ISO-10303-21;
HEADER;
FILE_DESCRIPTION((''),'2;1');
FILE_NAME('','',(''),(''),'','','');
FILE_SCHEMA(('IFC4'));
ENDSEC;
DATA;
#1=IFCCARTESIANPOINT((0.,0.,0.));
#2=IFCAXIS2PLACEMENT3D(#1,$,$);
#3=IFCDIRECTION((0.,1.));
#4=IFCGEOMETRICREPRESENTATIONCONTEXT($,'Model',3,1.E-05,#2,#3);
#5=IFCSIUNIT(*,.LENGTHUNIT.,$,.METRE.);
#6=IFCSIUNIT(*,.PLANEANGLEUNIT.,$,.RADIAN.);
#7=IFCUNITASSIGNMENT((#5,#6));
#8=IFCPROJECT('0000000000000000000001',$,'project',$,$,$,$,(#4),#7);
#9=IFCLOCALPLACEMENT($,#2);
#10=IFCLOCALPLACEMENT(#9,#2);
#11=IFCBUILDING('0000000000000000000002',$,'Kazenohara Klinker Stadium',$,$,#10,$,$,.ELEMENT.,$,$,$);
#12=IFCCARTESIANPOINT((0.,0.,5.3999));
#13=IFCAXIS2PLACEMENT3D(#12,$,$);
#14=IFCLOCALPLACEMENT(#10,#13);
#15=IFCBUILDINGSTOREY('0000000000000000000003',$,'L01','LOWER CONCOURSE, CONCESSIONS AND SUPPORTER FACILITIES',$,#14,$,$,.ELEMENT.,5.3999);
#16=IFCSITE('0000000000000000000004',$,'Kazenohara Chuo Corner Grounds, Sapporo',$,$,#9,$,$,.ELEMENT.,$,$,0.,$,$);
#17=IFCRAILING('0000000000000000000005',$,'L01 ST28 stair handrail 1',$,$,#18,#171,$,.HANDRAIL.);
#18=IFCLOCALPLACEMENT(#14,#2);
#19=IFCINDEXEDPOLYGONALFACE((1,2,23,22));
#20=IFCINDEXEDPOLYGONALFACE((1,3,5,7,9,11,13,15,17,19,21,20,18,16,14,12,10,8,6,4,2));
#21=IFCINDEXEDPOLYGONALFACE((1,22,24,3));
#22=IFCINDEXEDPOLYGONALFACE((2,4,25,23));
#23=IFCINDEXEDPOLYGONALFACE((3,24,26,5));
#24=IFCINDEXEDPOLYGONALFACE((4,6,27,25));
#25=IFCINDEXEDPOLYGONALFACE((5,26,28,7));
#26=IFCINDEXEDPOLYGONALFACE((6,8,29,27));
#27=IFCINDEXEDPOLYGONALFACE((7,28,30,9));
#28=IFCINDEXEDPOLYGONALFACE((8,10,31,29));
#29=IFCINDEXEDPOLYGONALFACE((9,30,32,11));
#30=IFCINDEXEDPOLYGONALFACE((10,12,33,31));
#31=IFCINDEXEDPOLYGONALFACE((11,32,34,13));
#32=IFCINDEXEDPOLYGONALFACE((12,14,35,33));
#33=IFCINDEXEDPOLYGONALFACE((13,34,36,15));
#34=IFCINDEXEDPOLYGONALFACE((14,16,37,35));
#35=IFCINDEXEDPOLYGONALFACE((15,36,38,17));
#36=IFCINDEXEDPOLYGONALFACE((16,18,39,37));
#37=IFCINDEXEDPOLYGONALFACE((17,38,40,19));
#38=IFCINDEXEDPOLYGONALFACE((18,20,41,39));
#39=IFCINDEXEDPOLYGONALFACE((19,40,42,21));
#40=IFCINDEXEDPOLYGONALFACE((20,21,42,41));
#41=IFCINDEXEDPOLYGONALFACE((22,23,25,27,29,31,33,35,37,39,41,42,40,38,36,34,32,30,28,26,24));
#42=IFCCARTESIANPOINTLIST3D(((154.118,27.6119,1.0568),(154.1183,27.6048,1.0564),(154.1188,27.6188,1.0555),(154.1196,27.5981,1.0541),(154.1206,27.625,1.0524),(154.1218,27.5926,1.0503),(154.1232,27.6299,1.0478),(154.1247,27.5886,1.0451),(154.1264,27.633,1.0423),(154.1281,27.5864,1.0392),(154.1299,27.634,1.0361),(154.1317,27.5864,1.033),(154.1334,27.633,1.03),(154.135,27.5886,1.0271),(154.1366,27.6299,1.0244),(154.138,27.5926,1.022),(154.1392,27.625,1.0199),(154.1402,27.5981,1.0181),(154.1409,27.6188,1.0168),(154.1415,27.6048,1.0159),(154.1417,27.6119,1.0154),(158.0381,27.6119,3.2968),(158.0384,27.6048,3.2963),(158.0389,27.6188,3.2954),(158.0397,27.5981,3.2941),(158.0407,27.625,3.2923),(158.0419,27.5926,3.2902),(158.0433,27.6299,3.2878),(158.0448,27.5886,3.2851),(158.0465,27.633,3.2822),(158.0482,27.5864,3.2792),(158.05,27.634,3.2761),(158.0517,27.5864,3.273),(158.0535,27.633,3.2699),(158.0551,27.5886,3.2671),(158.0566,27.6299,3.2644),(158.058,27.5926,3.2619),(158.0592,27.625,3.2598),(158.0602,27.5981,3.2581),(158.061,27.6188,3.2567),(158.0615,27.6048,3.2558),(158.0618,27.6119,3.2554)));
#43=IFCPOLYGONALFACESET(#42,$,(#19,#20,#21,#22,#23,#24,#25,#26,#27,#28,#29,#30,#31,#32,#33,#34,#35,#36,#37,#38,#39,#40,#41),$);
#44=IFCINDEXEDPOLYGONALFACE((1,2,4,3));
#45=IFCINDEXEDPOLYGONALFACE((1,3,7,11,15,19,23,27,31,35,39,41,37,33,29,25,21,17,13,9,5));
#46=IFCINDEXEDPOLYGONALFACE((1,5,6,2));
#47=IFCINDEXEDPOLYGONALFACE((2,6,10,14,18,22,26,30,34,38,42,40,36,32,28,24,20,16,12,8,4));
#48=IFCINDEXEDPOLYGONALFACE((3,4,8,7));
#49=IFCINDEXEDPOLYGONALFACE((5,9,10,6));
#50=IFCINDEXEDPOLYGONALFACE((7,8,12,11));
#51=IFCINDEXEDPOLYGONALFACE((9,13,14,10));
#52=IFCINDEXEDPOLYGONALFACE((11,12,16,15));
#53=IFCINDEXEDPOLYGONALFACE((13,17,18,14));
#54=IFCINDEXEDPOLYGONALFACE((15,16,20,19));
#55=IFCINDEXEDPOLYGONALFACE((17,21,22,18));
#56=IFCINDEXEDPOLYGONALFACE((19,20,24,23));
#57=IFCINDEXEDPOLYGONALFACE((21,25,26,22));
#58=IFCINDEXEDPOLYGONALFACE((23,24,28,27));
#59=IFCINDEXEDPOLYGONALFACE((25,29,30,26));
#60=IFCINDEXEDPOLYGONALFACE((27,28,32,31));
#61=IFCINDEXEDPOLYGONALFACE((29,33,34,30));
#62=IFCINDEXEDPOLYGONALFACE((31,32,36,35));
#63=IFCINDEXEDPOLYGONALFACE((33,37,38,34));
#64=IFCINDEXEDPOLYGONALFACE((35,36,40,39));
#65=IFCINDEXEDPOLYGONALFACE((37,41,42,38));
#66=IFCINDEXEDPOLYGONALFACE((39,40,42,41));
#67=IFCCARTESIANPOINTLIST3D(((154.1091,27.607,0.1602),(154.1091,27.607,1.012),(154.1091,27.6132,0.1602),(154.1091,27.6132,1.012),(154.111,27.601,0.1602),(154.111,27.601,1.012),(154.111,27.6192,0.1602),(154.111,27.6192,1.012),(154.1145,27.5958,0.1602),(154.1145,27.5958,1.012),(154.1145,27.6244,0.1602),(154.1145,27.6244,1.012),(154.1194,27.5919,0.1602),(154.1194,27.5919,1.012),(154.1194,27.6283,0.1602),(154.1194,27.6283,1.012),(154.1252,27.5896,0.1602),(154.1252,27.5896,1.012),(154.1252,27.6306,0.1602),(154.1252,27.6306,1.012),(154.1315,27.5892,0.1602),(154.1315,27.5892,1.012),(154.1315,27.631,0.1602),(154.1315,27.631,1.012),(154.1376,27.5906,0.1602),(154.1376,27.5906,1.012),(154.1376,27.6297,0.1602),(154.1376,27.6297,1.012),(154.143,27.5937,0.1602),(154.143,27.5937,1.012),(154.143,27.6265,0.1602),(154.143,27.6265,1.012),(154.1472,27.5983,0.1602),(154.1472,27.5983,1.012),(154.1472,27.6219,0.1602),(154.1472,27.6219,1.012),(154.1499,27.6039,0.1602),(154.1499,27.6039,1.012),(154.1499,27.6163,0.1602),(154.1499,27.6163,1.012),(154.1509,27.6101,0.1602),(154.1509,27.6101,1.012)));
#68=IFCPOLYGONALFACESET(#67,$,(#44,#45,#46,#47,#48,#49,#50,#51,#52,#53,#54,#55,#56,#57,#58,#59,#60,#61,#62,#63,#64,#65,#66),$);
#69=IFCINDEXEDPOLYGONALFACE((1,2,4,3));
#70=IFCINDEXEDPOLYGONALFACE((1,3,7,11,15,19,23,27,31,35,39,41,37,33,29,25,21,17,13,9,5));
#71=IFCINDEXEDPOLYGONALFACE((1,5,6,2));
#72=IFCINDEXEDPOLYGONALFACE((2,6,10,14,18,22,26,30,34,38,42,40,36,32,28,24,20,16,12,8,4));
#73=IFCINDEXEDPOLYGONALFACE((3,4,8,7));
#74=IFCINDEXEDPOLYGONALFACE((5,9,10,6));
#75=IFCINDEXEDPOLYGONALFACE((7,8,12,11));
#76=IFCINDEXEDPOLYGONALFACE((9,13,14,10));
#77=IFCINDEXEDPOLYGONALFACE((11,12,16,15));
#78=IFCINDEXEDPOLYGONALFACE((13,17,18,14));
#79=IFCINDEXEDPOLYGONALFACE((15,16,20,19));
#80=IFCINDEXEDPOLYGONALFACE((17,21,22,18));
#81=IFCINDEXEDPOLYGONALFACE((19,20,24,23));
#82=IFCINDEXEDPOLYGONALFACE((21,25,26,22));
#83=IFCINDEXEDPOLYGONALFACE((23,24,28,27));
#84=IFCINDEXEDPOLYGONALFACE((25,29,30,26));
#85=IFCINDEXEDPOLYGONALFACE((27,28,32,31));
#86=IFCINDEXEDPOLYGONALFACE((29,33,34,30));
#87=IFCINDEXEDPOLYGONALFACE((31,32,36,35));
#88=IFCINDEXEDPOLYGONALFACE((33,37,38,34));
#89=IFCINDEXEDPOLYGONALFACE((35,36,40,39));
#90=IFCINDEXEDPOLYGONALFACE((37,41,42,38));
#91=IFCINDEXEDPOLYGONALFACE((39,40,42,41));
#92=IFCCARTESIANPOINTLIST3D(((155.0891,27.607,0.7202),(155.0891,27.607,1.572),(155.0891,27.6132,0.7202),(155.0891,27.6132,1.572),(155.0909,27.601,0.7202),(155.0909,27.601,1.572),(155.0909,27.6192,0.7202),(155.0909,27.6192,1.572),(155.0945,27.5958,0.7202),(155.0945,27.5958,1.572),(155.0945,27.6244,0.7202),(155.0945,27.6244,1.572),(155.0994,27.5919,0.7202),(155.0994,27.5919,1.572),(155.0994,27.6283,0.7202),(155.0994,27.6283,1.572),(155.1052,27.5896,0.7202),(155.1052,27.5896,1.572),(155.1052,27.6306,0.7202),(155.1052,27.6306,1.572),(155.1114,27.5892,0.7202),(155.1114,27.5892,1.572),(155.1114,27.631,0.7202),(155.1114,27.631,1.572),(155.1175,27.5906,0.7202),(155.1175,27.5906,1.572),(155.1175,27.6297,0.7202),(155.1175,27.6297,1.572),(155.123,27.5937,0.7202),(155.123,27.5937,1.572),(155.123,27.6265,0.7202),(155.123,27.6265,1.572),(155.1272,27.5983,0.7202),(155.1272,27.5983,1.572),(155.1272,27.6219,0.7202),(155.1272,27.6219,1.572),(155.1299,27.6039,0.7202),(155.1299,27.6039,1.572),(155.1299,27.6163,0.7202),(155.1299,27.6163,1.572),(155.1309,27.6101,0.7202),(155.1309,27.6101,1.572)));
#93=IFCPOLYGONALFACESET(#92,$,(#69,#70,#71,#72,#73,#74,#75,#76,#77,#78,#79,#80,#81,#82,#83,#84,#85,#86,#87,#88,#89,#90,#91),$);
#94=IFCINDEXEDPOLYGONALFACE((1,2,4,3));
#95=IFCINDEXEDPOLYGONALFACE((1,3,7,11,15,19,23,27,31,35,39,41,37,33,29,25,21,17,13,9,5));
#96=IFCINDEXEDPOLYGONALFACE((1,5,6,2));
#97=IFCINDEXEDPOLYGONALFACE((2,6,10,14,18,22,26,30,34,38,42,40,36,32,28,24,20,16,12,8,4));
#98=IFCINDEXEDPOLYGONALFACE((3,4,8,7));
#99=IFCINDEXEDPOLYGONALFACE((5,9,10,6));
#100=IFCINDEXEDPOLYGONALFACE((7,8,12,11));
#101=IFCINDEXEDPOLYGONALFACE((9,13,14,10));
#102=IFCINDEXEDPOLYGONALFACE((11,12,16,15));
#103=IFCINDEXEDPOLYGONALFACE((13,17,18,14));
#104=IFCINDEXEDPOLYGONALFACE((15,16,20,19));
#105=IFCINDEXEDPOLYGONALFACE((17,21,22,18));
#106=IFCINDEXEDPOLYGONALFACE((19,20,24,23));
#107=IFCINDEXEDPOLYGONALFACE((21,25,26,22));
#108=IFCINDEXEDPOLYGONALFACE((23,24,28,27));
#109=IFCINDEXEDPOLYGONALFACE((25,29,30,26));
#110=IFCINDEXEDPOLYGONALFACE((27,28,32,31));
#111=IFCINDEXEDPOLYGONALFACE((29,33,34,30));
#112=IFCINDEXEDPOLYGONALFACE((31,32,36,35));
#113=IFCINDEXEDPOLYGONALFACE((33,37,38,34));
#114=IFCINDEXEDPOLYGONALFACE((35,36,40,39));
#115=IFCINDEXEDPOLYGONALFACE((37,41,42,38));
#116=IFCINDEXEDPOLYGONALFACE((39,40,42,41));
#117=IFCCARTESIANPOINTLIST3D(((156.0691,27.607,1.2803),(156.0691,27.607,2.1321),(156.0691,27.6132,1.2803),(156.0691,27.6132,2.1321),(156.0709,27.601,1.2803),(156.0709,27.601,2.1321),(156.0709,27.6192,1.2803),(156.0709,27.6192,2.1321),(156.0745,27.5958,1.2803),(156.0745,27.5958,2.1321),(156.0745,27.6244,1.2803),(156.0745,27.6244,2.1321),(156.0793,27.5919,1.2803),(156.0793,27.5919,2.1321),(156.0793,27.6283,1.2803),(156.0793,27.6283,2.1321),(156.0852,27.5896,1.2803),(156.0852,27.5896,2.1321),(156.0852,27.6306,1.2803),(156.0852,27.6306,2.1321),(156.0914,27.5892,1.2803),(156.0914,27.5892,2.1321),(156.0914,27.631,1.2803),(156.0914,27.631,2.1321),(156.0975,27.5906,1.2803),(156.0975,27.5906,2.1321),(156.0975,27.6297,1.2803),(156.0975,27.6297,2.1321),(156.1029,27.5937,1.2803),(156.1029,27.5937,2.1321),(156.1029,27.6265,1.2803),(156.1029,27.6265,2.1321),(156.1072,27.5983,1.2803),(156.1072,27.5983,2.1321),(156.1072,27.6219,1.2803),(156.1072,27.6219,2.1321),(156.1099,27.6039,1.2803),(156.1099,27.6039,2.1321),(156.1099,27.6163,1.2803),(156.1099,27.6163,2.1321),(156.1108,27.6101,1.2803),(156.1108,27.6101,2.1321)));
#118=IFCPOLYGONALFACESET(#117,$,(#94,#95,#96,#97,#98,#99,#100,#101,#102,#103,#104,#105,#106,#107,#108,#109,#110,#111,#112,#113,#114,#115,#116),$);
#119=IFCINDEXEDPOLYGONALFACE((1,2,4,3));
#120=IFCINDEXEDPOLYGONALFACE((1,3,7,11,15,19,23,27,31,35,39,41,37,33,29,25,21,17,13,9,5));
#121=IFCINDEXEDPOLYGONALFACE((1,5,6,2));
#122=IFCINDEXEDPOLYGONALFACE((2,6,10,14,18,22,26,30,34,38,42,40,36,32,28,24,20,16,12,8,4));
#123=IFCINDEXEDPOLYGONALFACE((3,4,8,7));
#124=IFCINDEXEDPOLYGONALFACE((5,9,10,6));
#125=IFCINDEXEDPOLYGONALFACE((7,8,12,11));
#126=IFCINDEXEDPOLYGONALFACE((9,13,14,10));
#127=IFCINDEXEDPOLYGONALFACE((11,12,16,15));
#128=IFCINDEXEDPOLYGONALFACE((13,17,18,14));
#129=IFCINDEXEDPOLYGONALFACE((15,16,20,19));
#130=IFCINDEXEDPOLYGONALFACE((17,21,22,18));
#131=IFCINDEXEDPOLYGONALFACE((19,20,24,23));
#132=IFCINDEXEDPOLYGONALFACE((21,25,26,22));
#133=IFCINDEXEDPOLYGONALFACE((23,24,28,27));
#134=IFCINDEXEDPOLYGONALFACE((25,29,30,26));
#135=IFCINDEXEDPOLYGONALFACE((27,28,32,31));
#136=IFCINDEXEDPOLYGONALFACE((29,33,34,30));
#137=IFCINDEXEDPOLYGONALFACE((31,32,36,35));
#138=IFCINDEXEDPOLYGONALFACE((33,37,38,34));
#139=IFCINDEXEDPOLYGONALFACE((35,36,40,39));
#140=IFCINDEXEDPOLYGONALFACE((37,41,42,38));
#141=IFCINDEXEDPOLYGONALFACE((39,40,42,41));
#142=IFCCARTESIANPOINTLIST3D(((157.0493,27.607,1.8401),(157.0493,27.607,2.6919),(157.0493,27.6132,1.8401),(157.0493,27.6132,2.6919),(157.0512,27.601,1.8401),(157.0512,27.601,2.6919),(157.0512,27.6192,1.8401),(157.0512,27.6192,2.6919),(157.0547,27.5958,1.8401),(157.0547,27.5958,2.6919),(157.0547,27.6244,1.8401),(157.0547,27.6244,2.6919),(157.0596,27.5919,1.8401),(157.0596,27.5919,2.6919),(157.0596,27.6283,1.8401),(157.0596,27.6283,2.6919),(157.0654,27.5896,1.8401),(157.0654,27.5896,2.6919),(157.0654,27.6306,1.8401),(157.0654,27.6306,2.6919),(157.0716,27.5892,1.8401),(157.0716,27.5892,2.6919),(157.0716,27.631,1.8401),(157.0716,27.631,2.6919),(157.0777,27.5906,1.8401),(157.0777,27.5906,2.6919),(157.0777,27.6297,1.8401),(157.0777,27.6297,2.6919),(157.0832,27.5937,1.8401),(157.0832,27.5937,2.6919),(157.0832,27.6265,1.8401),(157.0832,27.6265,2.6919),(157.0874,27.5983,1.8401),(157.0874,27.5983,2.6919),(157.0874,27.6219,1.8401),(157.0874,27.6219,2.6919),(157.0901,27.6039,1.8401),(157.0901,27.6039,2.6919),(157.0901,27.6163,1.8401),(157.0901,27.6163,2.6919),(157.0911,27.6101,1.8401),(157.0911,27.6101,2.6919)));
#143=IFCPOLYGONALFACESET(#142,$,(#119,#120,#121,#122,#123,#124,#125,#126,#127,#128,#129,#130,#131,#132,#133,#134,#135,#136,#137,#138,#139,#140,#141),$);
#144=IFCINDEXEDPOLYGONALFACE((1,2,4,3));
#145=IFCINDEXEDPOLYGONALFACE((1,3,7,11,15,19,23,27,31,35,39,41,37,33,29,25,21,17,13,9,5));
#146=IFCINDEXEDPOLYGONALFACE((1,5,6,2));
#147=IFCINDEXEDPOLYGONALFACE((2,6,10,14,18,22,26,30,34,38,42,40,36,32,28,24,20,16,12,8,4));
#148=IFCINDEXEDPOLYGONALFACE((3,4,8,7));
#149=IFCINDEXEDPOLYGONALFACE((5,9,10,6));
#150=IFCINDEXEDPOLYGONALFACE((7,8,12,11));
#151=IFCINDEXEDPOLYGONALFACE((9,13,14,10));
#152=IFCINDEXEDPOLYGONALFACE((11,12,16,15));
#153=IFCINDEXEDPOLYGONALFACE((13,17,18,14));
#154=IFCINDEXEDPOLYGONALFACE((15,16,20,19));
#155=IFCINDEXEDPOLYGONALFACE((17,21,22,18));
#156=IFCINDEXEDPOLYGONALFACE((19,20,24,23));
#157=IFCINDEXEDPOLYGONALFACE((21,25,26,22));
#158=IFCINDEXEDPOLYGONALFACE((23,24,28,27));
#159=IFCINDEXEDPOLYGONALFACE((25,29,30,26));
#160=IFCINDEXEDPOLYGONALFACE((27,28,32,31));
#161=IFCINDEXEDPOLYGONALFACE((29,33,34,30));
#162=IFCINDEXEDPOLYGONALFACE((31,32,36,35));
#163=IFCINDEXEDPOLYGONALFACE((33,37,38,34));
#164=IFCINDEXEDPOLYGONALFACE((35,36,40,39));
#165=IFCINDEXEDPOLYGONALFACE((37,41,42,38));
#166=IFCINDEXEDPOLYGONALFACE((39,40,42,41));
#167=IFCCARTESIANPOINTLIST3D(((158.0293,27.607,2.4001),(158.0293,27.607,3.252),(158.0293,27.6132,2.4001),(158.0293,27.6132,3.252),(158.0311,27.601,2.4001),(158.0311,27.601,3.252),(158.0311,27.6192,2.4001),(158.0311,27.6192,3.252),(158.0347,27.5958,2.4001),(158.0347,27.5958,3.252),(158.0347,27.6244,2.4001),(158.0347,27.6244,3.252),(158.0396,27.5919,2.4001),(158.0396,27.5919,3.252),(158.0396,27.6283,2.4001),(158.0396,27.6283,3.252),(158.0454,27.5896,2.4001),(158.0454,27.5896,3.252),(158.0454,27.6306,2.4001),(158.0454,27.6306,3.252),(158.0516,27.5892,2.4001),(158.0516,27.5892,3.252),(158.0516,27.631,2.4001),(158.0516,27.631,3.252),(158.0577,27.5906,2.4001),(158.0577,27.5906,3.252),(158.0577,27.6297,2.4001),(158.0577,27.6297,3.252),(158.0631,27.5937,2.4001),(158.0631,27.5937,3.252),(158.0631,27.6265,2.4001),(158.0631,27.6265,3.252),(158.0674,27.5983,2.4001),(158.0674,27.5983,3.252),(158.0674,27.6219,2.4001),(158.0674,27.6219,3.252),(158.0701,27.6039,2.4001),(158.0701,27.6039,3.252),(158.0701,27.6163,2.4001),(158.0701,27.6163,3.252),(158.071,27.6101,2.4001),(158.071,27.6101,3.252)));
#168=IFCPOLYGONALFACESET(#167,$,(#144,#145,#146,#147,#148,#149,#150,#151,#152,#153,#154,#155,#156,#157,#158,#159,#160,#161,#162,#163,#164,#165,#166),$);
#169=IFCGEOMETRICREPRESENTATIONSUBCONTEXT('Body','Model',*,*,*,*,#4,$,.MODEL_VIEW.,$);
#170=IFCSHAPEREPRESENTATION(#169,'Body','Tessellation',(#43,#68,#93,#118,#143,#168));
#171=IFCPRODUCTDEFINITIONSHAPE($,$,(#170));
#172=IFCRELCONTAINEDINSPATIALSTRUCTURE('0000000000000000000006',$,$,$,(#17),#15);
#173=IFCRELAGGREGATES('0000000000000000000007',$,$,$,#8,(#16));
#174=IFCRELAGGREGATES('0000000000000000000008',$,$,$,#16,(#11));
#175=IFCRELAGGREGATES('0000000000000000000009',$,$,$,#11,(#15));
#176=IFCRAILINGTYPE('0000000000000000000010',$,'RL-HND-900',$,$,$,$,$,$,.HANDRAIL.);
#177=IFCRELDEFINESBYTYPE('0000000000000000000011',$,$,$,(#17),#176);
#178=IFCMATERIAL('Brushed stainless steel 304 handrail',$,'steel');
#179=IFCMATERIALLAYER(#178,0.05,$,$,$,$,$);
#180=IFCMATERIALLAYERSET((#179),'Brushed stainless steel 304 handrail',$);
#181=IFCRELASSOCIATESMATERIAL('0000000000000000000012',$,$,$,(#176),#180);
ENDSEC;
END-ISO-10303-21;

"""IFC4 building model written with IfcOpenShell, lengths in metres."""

from ifc_helpers import new_model, si_unit, direction, frame, origin, origin_2d, place, context, subcontext, project, spatial, circle, extrude, material, layer, layer_set, type_object, element, save


model = new_model("IFC4")

# Units and contexts
model_context = context("Model", 3, precision=1e-05, world=origin(), true_north=direction((0.0, 1.0)))
body_context = subcontext(model_context, "Body", "Model", "MODEL_VIEW")
ifc_project = project(units=[si_unit("LENGTHUNIT", "METRE"), si_unit("PLANEANGLEUNIT", "RADIAN")], contexts=[model_context])

# Site, building, storey
site_placement = place(None, origin())
site = spatial("IfcSite", under=ifc_project, at=site_placement, Name="Kazenohara Chuo Corner Grounds, Sapporo", CompositionType="ELEMENT", RefElevation=0.0)
building_placement = place(site_placement, origin())
building = spatial("IfcBuilding", under=site, at=building_placement, Name="Kazenohara Klinker Stadium", CompositionType="ELEMENT")
storey_placement = place(building_placement, frame((0.0, 0.0, 5.3999)))
storey = spatial("IfcBuildingStorey", under=building, at=storey_placement, Name="L01", Description="LOWER CONCOURSE, CONCESSIONS AND SUPPORTER FACILITIES", CompositionType="ELEMENT", Elevation=5.3999)

# Railing
ifc_material_1 = material(Name="Brushed stainless steel 304 handrail", Category="steel")
ifc_layer_1 = layer(ifc_material_1, 0.05)
ifc_layer_set_1 = layer_set([ifc_layer_1], Name="Brushed stainless steel 304 handrail")
railing_type_1 = type_object("IfcRailingType", Name="RL-HND-900", PredefinedType="HANDRAIL", material=ifc_layer_set_1)
railing_1_placement = place(storey_placement, frame((154.1299, 27.6101, 0.1602)))
element("IfcRailing", 1, at=railing_1_placement, inside=storey, type_object=railing_type_1, Name="L01 ST28 stair handrail 1", PredefinedType="HANDRAIL", context=body_context, shape_type="SweptSolid", body=[
    extrude(circle(Radius=0.0239, at=origin_2d()), frame((0.0, 0.0, 0.876), z_axis=(0.868253, 0.0, 0.496121), x_axis=(0.0, 1.0, 0.0)), (0.0, 0.0, 1.0), 4.5149),
    extrude(circle(Radius=0.021, at=origin_2d()), origin(), (0.0, 0.0, 1.0), 0.8518),
    extrude(circle(Radius=0.021, at=origin_2d()), frame((0.98, 0.0, 0.5601)), (0.0, 0.0, 1.0), 0.8518),
    extrude(circle(Radius=0.021, at=origin_2d()), frame((1.96, 0.0, 1.1201)), (0.0, 0.0, 1.0), 0.8518),
    extrude(circle(Radius=0.021, at=origin_2d()), frame((2.9402, 0.0, 1.6799)), (0.0, 0.0, 1.0), 0.8518),
    extrude(circle(Radius=0.021, at=origin_2d()), frame((3.9202, 0.0, 2.24)), (0.0, 0.0, 1.0), 0.8518),
])

save(model, "model.ifc")
